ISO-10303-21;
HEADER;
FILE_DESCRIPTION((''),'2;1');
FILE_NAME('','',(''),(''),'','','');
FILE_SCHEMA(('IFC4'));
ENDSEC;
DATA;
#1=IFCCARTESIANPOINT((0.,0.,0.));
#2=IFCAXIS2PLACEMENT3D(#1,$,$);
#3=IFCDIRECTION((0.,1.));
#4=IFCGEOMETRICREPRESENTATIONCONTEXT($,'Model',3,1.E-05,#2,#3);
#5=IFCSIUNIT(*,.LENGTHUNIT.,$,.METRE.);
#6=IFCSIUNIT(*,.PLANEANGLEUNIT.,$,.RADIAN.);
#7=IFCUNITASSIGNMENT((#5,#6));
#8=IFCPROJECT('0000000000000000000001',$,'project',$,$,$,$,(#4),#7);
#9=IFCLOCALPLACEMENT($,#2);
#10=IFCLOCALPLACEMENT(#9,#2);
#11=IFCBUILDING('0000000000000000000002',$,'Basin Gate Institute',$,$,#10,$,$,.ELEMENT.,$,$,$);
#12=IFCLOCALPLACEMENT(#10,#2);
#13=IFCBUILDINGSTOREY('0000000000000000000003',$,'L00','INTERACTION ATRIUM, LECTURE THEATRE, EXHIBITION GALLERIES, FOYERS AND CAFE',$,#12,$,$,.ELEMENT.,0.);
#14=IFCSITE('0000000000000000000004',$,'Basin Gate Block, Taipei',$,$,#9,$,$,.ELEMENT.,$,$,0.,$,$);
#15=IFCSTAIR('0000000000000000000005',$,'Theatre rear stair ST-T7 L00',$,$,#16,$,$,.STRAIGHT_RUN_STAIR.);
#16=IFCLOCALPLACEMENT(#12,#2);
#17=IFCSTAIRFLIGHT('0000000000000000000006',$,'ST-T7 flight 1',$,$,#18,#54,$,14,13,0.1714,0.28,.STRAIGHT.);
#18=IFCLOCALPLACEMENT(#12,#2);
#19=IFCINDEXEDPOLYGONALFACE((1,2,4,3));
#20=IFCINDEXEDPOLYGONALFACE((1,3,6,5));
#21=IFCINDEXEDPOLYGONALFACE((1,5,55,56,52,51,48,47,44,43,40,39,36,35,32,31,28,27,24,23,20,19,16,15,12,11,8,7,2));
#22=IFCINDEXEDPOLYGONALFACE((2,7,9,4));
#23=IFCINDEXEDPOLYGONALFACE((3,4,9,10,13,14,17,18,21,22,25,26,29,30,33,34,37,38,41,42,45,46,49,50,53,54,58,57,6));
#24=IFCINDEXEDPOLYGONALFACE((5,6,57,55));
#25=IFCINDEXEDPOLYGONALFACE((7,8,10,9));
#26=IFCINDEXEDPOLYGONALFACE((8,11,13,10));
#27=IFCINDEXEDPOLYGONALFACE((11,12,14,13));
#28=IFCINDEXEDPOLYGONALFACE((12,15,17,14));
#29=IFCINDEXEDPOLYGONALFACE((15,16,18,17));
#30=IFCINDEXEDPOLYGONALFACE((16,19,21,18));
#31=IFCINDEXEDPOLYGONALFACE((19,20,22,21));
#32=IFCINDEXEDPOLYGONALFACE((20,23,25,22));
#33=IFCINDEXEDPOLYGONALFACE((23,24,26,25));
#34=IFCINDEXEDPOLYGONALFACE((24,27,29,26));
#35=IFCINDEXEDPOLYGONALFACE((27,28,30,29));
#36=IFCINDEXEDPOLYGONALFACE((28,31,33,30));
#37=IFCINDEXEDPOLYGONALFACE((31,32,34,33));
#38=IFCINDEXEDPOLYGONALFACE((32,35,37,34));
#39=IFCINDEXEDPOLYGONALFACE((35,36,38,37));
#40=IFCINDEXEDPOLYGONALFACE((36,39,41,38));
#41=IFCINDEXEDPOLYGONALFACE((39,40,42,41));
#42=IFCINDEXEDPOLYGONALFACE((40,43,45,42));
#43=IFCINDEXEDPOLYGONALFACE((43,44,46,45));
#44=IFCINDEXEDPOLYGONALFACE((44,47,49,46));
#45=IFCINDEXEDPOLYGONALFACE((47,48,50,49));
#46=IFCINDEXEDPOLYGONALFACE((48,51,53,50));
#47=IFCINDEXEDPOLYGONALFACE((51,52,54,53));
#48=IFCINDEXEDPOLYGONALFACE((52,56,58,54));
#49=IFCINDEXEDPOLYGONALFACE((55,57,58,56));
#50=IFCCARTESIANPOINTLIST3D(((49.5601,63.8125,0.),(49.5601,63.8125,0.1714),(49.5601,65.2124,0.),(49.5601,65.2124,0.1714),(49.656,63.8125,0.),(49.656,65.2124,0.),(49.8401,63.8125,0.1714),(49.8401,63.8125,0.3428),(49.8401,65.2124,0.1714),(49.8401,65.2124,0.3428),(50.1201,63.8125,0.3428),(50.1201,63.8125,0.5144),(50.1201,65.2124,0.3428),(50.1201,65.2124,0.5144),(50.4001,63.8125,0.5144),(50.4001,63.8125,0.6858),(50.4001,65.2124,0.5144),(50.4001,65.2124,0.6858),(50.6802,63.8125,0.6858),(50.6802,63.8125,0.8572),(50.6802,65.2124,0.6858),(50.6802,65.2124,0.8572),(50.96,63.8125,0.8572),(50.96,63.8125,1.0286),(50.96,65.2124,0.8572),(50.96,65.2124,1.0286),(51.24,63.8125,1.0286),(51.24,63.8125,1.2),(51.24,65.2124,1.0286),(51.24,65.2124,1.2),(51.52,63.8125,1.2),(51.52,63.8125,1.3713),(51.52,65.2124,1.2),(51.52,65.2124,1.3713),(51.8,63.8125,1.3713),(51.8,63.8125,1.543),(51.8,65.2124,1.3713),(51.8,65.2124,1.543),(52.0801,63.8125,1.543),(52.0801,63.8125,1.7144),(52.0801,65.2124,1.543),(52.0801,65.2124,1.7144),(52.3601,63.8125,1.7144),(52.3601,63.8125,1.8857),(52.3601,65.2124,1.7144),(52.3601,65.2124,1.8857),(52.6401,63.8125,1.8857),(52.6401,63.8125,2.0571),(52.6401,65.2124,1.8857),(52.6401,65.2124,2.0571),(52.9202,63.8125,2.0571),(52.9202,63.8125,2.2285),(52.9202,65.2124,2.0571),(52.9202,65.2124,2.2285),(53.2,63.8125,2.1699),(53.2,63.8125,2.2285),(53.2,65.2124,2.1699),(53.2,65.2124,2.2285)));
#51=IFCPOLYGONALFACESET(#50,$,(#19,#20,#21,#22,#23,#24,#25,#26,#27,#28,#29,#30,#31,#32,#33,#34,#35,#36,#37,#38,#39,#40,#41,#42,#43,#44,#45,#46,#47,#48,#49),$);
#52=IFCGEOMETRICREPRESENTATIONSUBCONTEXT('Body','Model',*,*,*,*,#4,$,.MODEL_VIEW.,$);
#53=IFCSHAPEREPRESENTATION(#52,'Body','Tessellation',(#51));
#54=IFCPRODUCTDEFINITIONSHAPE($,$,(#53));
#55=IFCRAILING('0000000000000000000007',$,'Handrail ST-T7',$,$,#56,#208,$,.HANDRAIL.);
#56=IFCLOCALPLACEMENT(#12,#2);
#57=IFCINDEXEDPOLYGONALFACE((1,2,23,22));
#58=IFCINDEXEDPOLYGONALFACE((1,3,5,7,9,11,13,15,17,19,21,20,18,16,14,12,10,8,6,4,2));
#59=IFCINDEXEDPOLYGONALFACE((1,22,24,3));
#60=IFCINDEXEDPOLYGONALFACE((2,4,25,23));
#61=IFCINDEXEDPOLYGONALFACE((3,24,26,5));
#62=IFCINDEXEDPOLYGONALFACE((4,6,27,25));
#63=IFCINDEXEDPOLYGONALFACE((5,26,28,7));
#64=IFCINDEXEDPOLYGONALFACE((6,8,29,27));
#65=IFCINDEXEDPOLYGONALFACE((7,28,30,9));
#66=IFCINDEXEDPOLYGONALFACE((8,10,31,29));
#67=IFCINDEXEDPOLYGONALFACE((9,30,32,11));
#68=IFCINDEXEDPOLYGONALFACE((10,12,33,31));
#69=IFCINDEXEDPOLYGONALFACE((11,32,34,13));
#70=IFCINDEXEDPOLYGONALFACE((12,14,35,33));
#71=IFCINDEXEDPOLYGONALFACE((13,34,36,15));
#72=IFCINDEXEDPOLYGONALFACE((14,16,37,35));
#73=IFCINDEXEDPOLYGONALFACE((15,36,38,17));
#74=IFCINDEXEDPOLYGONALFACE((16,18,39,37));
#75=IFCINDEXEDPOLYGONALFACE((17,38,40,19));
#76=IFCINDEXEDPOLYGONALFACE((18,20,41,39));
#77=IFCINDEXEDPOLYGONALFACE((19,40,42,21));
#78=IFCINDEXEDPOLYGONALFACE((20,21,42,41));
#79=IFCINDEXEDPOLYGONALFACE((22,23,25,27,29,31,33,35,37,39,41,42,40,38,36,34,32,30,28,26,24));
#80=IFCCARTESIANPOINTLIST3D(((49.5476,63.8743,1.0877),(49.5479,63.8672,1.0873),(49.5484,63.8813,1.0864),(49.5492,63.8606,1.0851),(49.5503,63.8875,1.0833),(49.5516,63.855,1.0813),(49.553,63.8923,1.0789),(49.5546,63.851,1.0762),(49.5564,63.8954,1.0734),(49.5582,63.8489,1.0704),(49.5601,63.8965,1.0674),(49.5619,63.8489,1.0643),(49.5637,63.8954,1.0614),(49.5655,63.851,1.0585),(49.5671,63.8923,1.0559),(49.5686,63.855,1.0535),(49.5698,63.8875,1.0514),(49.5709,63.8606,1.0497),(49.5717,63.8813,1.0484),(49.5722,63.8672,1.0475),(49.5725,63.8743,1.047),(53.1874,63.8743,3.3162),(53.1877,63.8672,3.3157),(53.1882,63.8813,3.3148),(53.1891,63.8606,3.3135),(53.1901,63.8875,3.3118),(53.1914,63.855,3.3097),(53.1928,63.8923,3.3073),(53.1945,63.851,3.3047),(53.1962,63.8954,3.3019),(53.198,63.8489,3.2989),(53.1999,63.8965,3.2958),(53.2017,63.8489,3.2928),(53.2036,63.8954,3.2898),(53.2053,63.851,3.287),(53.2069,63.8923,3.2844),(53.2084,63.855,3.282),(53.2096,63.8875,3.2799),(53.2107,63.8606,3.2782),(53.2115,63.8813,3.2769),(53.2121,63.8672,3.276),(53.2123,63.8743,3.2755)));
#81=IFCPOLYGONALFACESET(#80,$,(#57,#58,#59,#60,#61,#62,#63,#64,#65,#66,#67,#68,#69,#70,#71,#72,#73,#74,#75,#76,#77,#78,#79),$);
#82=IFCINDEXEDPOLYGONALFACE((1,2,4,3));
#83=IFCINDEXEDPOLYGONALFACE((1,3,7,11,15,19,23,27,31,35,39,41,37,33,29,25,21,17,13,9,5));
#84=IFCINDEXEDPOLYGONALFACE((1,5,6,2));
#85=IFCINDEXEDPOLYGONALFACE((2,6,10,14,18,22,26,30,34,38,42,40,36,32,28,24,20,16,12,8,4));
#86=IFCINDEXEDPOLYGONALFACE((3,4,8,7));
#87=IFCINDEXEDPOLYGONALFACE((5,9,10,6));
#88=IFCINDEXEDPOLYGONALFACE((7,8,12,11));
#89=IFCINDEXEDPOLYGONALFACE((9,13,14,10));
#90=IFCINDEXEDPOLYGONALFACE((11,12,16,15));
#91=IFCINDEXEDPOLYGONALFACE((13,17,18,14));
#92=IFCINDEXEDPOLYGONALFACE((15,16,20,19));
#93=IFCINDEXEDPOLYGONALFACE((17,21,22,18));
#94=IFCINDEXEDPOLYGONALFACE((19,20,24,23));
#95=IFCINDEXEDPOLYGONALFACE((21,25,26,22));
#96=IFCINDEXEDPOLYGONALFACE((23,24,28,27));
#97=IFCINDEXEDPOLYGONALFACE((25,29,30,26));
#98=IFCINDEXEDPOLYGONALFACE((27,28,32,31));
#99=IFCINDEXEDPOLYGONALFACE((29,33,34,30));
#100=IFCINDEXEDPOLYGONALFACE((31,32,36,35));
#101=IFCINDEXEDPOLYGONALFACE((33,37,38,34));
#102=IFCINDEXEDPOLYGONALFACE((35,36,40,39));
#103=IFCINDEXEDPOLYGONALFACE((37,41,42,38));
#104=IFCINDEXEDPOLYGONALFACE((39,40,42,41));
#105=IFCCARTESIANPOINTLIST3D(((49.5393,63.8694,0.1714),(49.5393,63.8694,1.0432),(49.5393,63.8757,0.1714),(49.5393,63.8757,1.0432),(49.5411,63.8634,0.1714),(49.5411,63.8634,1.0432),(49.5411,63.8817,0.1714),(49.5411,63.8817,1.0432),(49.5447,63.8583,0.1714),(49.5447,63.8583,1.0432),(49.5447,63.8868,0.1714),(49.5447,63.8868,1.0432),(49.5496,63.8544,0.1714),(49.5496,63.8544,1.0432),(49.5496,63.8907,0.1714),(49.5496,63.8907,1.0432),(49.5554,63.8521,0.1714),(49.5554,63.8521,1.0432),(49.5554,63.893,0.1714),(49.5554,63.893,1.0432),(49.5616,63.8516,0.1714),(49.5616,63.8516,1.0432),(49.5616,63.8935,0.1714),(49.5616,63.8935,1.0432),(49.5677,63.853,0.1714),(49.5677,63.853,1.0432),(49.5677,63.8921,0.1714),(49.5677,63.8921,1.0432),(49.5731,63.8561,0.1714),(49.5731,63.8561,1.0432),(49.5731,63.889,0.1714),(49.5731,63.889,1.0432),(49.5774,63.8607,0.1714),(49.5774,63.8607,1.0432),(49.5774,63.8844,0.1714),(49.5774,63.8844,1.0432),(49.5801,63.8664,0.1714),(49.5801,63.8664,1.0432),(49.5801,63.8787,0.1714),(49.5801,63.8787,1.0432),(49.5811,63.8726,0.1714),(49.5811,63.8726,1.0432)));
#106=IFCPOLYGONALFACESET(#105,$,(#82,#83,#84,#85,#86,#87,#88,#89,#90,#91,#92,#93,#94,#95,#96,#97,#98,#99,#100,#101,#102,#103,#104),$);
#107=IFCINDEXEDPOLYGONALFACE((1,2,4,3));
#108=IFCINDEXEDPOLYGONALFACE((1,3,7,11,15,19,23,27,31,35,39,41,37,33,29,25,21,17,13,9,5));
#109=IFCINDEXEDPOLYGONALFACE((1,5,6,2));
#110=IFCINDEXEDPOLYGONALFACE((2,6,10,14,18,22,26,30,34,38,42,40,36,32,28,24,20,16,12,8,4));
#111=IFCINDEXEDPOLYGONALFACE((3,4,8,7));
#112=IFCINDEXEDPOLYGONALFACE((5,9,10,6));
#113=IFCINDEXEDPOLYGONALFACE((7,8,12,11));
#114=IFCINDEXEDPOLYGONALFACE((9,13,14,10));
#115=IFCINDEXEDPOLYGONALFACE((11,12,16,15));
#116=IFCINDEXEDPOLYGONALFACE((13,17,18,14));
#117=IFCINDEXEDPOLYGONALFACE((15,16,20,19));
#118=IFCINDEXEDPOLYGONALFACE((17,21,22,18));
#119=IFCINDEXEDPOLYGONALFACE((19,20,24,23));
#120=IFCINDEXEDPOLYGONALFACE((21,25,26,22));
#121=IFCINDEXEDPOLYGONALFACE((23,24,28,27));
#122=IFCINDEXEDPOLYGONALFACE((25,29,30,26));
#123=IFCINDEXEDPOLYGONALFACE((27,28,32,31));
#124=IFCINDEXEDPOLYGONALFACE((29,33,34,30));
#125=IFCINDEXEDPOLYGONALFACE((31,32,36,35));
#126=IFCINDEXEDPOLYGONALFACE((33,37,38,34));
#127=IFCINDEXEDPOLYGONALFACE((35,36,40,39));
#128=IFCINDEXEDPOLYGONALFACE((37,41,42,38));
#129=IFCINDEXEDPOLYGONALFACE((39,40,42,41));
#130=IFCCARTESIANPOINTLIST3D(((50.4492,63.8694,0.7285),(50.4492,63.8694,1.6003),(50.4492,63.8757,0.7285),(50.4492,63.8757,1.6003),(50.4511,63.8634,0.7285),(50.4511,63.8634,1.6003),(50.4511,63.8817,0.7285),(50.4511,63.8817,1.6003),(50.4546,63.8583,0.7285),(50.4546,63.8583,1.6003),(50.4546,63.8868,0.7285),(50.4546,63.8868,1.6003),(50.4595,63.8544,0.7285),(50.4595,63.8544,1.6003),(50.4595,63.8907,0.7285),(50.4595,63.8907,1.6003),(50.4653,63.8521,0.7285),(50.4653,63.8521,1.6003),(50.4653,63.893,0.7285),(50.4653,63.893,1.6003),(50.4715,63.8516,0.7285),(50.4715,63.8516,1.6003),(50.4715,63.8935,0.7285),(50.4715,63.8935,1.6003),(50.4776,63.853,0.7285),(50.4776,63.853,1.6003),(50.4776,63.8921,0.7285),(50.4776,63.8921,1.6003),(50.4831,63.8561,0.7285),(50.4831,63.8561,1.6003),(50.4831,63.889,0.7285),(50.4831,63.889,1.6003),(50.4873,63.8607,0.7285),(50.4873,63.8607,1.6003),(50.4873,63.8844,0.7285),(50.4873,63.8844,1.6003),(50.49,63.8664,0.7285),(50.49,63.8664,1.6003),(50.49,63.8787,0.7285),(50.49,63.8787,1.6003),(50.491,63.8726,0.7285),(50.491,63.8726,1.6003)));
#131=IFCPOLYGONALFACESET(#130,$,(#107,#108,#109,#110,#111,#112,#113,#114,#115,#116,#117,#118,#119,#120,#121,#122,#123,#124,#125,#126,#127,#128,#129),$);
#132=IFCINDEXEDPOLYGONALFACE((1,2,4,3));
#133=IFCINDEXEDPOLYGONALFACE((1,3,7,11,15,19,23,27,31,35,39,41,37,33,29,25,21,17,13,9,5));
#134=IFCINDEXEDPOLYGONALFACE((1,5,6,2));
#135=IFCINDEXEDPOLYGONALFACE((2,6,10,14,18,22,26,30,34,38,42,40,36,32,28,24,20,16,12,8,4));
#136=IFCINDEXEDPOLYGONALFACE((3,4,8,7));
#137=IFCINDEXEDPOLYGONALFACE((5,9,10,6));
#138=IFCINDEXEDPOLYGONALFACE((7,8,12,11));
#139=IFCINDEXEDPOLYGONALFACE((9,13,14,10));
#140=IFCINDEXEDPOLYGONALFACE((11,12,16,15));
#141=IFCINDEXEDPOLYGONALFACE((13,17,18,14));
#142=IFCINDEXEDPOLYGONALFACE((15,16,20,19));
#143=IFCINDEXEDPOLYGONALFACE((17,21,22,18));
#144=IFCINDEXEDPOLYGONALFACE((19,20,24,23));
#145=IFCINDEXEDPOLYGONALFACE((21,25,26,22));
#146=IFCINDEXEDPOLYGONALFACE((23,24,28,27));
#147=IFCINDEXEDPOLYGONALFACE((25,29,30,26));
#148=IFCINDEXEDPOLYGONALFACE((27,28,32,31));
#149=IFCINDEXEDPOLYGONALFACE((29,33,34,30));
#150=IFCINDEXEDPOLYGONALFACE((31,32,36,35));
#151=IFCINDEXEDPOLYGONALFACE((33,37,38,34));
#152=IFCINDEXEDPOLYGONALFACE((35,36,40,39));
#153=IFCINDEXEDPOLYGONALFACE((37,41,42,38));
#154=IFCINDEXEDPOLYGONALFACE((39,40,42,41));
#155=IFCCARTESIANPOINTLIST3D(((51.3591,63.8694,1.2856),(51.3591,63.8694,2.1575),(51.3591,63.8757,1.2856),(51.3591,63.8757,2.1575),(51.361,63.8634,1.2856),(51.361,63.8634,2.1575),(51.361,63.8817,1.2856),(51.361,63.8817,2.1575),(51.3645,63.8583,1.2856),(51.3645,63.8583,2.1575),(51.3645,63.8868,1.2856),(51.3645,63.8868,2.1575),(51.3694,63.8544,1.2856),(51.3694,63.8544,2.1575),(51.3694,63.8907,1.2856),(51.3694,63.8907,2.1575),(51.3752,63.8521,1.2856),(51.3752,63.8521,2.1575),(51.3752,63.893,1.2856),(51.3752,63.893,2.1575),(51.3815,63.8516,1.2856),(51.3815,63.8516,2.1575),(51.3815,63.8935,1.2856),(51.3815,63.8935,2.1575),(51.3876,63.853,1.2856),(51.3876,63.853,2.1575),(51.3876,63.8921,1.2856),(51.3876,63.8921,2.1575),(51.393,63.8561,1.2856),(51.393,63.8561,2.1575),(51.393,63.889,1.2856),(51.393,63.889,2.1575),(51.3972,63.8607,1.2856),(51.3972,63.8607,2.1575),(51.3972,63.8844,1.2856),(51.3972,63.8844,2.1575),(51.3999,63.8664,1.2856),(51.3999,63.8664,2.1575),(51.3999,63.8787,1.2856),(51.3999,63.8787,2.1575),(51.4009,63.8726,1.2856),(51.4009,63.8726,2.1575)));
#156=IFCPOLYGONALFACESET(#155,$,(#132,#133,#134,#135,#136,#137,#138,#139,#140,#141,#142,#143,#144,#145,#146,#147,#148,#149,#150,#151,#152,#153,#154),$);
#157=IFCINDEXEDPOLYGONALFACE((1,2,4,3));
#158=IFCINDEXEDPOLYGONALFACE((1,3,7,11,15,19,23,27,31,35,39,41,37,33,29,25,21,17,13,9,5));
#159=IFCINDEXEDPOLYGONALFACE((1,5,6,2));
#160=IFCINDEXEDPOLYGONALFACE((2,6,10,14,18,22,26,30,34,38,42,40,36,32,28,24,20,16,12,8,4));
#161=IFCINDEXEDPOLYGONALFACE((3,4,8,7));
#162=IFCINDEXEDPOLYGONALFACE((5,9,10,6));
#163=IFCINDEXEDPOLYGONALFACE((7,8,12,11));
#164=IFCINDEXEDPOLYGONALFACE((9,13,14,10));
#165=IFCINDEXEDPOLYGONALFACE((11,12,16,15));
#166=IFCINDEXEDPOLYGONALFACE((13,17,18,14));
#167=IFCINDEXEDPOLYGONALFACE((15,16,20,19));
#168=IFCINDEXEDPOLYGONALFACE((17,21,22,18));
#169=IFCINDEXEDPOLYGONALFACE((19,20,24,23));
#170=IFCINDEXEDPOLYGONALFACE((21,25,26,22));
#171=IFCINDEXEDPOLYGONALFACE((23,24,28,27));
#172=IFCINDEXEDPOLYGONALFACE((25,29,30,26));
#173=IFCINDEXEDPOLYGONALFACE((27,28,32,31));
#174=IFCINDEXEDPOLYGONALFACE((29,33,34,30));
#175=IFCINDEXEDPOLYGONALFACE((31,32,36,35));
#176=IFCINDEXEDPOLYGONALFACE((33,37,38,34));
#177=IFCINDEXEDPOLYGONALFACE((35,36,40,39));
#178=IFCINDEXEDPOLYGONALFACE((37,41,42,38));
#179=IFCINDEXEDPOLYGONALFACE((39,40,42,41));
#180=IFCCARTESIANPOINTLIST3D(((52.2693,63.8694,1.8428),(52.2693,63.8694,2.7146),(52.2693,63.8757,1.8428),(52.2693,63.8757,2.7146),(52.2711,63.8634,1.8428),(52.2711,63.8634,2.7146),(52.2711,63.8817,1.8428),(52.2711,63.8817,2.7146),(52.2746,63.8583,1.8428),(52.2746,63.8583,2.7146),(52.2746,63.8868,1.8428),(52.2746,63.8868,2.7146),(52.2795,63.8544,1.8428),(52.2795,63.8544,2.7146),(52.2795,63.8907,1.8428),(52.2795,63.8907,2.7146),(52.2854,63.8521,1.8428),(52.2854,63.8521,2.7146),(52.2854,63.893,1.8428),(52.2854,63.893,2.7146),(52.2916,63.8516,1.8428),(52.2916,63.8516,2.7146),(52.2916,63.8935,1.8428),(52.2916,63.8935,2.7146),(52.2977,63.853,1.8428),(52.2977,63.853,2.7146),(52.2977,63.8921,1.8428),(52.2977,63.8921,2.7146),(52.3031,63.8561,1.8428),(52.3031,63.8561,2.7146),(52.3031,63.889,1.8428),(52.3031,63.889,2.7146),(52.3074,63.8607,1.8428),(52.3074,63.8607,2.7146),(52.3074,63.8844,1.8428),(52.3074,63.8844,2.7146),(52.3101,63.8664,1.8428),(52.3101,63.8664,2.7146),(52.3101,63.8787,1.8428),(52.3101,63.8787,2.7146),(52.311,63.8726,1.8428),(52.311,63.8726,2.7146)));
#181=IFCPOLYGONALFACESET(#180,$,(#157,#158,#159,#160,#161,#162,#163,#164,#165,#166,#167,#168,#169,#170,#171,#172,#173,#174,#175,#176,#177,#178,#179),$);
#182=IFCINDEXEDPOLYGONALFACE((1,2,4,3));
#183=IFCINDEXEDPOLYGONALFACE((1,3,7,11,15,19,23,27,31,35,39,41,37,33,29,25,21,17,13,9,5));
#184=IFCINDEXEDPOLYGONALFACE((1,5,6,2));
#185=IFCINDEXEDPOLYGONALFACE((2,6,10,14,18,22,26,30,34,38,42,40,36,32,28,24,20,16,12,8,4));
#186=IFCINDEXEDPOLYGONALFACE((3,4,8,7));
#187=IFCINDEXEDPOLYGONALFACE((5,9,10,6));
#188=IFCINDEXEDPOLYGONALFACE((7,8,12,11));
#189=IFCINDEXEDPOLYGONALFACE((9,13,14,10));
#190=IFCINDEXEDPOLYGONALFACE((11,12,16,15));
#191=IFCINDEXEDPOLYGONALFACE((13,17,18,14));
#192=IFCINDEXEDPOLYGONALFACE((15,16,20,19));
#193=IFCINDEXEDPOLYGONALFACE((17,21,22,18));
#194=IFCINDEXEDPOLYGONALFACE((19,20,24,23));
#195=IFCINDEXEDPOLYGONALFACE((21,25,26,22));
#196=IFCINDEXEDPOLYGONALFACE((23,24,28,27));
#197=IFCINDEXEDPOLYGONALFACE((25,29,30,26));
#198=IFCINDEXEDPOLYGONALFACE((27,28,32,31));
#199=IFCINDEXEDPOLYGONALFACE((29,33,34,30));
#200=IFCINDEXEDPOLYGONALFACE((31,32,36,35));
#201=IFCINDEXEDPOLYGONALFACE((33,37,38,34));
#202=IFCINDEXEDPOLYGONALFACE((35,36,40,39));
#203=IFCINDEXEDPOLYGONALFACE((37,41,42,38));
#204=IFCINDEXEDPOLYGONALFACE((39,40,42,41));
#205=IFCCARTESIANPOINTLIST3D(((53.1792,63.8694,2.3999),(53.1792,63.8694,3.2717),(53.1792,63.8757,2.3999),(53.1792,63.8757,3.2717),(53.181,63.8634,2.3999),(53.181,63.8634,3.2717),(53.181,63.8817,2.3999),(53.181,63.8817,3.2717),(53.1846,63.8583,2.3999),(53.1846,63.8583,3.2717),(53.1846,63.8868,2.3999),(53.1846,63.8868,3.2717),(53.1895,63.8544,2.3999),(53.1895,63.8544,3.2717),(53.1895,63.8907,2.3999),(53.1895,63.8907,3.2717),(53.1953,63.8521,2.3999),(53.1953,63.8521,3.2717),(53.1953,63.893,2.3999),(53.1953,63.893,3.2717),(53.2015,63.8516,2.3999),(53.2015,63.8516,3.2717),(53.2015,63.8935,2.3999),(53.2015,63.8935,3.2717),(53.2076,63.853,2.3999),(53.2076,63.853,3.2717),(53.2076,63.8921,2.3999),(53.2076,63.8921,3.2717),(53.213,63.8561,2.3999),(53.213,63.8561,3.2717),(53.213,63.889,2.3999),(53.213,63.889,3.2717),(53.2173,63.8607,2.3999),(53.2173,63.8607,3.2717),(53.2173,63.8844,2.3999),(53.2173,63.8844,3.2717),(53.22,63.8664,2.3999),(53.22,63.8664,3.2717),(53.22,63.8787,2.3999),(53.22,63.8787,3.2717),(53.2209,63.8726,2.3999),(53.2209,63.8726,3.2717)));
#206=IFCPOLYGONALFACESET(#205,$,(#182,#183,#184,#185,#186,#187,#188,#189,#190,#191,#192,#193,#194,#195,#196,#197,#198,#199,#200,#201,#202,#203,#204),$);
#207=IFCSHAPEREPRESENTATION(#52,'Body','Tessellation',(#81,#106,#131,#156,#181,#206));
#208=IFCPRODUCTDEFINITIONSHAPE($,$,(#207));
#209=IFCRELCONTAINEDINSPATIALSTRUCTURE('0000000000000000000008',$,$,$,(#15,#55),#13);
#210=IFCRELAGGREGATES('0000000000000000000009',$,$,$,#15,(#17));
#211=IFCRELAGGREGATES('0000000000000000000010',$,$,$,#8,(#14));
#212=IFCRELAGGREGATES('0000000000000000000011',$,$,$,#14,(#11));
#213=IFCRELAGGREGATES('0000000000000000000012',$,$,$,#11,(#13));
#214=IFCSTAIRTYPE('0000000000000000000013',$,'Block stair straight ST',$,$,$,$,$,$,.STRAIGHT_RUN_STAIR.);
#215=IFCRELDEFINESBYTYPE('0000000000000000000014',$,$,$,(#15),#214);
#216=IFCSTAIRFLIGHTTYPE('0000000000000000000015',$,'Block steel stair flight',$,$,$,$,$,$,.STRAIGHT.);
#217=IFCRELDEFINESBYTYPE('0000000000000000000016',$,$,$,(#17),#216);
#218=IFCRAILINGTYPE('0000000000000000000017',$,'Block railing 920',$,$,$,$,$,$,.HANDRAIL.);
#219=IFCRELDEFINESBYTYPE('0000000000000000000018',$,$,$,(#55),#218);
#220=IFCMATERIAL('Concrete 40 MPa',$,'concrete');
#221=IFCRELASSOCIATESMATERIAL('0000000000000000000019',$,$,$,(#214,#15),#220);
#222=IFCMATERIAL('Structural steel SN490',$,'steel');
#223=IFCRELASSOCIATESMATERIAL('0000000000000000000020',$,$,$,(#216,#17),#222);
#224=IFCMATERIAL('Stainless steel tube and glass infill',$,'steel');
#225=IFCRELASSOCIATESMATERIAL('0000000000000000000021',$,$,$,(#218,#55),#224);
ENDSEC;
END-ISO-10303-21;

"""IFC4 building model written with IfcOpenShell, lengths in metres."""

from ifc_helpers import new_model, si_unit, direction, frame, origin, origin_2d, place, context, subcontext, project, spatial, polyline, circle, outline, extrude, material, type_object, element, aggregate, save


model = new_model("IFC4")

# Units and contexts
model_context = context("Model", 3, precision=1e-05, world=origin(), true_north=direction((0.0, 1.0)))
body_context = subcontext(model_context, "Body", "Model", "MODEL_VIEW")
ifc_project = project(units=[si_unit("LENGTHUNIT", "METRE"), si_unit("PLANEANGLEUNIT", "RADIAN")], contexts=[model_context])

# Site, building, storey
site_placement = place(None, origin())
site = spatial("IfcSite", under=ifc_project, at=site_placement, Name="Basin Gate Block, Taipei", CompositionType="ELEMENT", RefElevation=0.0)
building_placement = place(site_placement, origin())
building = spatial("IfcBuilding", under=site, at=building_placement, Name="Basin Gate Institute", CompositionType="ELEMENT")
storey_placement = place(building_placement, origin())
storey = spatial("IfcBuildingStorey", under=building, at=storey_placement, Name="L00", Description="INTERACTION ATRIUM, LECTURE THEATRE, EXHIBITION GALLERIES, FOYERS AND CAFE", CompositionType="ELEMENT", Elevation=0.0)

# Stair, stair flight
ifc_material_1 = material(Name="Concrete 40 MPa", Category="concrete")
stair_type = type_object("IfcStairType", Name="Block stair straight ST", PredefinedType="STRAIGHT_RUN_STAIR", material=ifc_material_1)
stair_placement = place(storey_placement, origin())
stair = element("IfcStair", 1, at=stair_placement, inside=storey, type_object=stair_type, material=ifc_material_1, Name="Theatre rear stair ST-T7 L00", PredefinedType="STRAIGHT_RUN_STAIR")
ifc_material_2 = material(Name="Structural steel SN490", Category="steel")
stair_flight_type = type_object("IfcStairFlightType", Name="Block steel stair flight", PredefinedType="STRAIGHT", material=ifc_material_2)
stair_flight_placement = place(storey_placement, frame((49.5601, 64.5125, 0.0), z_axis=(0.0, 0.0, 1.0), x_axis=(1.0, 0.0, 0.0)))
stair_flight = element("IfcStairFlight", 2, at=stair_flight_placement, type_object=stair_flight_type, material=ifc_material_2, Name="ST-T7 flight 1", NumberOfRisers=14, NumberOfTreads=13, PredefinedType="STRAIGHT", RiserHeight=0.1714, TreadLength=0.28, context=body_context, shape_type="SweptSolid", body=[
    extrude(outline(polyline([(0.0, 0.0), (0.0, 0.1714), (0.28, 0.1714), (0.28, 0.3428), (0.5601, 0.3428), (0.5601, 0.5144), (0.8401, 0.5144), (0.8401, 0.6858), (1.1201, 0.6858), (1.1201, 0.8572), (1.3999, 0.8572), (1.3999, 1.0286), (1.6799, 1.0286), (1.6799, 1.2), (1.96, 1.2), (1.96, 1.3713), (2.24, 1.3713), (2.24, 1.543), (2.52, 1.543), (2.52, 1.7144), (2.8, 1.7144), (2.8, 1.8857), (3.0801, 1.8857), (3.0801, 2.0571), (3.3601, 2.0571), (3.3601, 2.2285), (3.6399, 2.2285), (3.6399, 2.3999), (3.6399, 2.1699), (0.0959, 0.0), (0.0, 0.0)])), frame((0.0, 0.7, 0.0), z_axis=(0.0, -1.0, 0.0), x_axis=(1.0, 0.0, 0.0)), (0.0, 0.0, 1.0), 1.3999),
])
aggregate(stair, [stair_flight])

# Railing
ifc_material_3 = material(Name="Stainless steel tube and glass infill", Category="steel")
railing_type_1 = type_object("IfcRailingType", Name="Block railing 920", PredefinedType="HANDRAIL", material=ifc_material_3)
for number, where, name in (
    (3, (49.5601, 63.8726, 0.1714), "Handrail ST-T7"),
):
    element("IfcRailing", number, at=place(storey_placement, frame(where)), inside=storey, type_object=railing_type_1, material=ifc_material_3, Name=name, PredefinedType="HANDRAIL", context=body_context, shape_type="SweptSolid", body=[
        extrude(circle(Radius=0.0239, at=origin_2d()), frame((0.0, 0.0, 0.896), z_axis=(0.85285, 0.0, 0.522156), x_axis=(0.0, 1.0, 0.0)), (0.0, 0.0, 1.0), 4.2678),
        extrude(circle(Radius=0.021, at=origin_2d()), origin(), (0.0, 0.0, 1.0), 0.8718),
        extrude(circle(Radius=0.021, at=origin_2d()), frame((0.9099, 0.0, 0.5571)), (0.0, 0.0, 1.0), 0.8718),
        extrude(circle(Radius=0.021, at=origin_2d()), frame((1.8198, 0.0, 1.1143)), (0.0, 0.0, 1.0), 0.8718),
        extrude(circle(Radius=0.021, at=origin_2d()), frame((2.73, 0.0, 1.6714)), (0.0, 0.0, 1.0), 0.8718),
        extrude(circle(Radius=0.021, at=origin_2d()), frame((3.6399, 0.0, 2.2285)), (0.0, 0.0, 1.0), 0.8718),
    ])

save(model, "model.ifc")
